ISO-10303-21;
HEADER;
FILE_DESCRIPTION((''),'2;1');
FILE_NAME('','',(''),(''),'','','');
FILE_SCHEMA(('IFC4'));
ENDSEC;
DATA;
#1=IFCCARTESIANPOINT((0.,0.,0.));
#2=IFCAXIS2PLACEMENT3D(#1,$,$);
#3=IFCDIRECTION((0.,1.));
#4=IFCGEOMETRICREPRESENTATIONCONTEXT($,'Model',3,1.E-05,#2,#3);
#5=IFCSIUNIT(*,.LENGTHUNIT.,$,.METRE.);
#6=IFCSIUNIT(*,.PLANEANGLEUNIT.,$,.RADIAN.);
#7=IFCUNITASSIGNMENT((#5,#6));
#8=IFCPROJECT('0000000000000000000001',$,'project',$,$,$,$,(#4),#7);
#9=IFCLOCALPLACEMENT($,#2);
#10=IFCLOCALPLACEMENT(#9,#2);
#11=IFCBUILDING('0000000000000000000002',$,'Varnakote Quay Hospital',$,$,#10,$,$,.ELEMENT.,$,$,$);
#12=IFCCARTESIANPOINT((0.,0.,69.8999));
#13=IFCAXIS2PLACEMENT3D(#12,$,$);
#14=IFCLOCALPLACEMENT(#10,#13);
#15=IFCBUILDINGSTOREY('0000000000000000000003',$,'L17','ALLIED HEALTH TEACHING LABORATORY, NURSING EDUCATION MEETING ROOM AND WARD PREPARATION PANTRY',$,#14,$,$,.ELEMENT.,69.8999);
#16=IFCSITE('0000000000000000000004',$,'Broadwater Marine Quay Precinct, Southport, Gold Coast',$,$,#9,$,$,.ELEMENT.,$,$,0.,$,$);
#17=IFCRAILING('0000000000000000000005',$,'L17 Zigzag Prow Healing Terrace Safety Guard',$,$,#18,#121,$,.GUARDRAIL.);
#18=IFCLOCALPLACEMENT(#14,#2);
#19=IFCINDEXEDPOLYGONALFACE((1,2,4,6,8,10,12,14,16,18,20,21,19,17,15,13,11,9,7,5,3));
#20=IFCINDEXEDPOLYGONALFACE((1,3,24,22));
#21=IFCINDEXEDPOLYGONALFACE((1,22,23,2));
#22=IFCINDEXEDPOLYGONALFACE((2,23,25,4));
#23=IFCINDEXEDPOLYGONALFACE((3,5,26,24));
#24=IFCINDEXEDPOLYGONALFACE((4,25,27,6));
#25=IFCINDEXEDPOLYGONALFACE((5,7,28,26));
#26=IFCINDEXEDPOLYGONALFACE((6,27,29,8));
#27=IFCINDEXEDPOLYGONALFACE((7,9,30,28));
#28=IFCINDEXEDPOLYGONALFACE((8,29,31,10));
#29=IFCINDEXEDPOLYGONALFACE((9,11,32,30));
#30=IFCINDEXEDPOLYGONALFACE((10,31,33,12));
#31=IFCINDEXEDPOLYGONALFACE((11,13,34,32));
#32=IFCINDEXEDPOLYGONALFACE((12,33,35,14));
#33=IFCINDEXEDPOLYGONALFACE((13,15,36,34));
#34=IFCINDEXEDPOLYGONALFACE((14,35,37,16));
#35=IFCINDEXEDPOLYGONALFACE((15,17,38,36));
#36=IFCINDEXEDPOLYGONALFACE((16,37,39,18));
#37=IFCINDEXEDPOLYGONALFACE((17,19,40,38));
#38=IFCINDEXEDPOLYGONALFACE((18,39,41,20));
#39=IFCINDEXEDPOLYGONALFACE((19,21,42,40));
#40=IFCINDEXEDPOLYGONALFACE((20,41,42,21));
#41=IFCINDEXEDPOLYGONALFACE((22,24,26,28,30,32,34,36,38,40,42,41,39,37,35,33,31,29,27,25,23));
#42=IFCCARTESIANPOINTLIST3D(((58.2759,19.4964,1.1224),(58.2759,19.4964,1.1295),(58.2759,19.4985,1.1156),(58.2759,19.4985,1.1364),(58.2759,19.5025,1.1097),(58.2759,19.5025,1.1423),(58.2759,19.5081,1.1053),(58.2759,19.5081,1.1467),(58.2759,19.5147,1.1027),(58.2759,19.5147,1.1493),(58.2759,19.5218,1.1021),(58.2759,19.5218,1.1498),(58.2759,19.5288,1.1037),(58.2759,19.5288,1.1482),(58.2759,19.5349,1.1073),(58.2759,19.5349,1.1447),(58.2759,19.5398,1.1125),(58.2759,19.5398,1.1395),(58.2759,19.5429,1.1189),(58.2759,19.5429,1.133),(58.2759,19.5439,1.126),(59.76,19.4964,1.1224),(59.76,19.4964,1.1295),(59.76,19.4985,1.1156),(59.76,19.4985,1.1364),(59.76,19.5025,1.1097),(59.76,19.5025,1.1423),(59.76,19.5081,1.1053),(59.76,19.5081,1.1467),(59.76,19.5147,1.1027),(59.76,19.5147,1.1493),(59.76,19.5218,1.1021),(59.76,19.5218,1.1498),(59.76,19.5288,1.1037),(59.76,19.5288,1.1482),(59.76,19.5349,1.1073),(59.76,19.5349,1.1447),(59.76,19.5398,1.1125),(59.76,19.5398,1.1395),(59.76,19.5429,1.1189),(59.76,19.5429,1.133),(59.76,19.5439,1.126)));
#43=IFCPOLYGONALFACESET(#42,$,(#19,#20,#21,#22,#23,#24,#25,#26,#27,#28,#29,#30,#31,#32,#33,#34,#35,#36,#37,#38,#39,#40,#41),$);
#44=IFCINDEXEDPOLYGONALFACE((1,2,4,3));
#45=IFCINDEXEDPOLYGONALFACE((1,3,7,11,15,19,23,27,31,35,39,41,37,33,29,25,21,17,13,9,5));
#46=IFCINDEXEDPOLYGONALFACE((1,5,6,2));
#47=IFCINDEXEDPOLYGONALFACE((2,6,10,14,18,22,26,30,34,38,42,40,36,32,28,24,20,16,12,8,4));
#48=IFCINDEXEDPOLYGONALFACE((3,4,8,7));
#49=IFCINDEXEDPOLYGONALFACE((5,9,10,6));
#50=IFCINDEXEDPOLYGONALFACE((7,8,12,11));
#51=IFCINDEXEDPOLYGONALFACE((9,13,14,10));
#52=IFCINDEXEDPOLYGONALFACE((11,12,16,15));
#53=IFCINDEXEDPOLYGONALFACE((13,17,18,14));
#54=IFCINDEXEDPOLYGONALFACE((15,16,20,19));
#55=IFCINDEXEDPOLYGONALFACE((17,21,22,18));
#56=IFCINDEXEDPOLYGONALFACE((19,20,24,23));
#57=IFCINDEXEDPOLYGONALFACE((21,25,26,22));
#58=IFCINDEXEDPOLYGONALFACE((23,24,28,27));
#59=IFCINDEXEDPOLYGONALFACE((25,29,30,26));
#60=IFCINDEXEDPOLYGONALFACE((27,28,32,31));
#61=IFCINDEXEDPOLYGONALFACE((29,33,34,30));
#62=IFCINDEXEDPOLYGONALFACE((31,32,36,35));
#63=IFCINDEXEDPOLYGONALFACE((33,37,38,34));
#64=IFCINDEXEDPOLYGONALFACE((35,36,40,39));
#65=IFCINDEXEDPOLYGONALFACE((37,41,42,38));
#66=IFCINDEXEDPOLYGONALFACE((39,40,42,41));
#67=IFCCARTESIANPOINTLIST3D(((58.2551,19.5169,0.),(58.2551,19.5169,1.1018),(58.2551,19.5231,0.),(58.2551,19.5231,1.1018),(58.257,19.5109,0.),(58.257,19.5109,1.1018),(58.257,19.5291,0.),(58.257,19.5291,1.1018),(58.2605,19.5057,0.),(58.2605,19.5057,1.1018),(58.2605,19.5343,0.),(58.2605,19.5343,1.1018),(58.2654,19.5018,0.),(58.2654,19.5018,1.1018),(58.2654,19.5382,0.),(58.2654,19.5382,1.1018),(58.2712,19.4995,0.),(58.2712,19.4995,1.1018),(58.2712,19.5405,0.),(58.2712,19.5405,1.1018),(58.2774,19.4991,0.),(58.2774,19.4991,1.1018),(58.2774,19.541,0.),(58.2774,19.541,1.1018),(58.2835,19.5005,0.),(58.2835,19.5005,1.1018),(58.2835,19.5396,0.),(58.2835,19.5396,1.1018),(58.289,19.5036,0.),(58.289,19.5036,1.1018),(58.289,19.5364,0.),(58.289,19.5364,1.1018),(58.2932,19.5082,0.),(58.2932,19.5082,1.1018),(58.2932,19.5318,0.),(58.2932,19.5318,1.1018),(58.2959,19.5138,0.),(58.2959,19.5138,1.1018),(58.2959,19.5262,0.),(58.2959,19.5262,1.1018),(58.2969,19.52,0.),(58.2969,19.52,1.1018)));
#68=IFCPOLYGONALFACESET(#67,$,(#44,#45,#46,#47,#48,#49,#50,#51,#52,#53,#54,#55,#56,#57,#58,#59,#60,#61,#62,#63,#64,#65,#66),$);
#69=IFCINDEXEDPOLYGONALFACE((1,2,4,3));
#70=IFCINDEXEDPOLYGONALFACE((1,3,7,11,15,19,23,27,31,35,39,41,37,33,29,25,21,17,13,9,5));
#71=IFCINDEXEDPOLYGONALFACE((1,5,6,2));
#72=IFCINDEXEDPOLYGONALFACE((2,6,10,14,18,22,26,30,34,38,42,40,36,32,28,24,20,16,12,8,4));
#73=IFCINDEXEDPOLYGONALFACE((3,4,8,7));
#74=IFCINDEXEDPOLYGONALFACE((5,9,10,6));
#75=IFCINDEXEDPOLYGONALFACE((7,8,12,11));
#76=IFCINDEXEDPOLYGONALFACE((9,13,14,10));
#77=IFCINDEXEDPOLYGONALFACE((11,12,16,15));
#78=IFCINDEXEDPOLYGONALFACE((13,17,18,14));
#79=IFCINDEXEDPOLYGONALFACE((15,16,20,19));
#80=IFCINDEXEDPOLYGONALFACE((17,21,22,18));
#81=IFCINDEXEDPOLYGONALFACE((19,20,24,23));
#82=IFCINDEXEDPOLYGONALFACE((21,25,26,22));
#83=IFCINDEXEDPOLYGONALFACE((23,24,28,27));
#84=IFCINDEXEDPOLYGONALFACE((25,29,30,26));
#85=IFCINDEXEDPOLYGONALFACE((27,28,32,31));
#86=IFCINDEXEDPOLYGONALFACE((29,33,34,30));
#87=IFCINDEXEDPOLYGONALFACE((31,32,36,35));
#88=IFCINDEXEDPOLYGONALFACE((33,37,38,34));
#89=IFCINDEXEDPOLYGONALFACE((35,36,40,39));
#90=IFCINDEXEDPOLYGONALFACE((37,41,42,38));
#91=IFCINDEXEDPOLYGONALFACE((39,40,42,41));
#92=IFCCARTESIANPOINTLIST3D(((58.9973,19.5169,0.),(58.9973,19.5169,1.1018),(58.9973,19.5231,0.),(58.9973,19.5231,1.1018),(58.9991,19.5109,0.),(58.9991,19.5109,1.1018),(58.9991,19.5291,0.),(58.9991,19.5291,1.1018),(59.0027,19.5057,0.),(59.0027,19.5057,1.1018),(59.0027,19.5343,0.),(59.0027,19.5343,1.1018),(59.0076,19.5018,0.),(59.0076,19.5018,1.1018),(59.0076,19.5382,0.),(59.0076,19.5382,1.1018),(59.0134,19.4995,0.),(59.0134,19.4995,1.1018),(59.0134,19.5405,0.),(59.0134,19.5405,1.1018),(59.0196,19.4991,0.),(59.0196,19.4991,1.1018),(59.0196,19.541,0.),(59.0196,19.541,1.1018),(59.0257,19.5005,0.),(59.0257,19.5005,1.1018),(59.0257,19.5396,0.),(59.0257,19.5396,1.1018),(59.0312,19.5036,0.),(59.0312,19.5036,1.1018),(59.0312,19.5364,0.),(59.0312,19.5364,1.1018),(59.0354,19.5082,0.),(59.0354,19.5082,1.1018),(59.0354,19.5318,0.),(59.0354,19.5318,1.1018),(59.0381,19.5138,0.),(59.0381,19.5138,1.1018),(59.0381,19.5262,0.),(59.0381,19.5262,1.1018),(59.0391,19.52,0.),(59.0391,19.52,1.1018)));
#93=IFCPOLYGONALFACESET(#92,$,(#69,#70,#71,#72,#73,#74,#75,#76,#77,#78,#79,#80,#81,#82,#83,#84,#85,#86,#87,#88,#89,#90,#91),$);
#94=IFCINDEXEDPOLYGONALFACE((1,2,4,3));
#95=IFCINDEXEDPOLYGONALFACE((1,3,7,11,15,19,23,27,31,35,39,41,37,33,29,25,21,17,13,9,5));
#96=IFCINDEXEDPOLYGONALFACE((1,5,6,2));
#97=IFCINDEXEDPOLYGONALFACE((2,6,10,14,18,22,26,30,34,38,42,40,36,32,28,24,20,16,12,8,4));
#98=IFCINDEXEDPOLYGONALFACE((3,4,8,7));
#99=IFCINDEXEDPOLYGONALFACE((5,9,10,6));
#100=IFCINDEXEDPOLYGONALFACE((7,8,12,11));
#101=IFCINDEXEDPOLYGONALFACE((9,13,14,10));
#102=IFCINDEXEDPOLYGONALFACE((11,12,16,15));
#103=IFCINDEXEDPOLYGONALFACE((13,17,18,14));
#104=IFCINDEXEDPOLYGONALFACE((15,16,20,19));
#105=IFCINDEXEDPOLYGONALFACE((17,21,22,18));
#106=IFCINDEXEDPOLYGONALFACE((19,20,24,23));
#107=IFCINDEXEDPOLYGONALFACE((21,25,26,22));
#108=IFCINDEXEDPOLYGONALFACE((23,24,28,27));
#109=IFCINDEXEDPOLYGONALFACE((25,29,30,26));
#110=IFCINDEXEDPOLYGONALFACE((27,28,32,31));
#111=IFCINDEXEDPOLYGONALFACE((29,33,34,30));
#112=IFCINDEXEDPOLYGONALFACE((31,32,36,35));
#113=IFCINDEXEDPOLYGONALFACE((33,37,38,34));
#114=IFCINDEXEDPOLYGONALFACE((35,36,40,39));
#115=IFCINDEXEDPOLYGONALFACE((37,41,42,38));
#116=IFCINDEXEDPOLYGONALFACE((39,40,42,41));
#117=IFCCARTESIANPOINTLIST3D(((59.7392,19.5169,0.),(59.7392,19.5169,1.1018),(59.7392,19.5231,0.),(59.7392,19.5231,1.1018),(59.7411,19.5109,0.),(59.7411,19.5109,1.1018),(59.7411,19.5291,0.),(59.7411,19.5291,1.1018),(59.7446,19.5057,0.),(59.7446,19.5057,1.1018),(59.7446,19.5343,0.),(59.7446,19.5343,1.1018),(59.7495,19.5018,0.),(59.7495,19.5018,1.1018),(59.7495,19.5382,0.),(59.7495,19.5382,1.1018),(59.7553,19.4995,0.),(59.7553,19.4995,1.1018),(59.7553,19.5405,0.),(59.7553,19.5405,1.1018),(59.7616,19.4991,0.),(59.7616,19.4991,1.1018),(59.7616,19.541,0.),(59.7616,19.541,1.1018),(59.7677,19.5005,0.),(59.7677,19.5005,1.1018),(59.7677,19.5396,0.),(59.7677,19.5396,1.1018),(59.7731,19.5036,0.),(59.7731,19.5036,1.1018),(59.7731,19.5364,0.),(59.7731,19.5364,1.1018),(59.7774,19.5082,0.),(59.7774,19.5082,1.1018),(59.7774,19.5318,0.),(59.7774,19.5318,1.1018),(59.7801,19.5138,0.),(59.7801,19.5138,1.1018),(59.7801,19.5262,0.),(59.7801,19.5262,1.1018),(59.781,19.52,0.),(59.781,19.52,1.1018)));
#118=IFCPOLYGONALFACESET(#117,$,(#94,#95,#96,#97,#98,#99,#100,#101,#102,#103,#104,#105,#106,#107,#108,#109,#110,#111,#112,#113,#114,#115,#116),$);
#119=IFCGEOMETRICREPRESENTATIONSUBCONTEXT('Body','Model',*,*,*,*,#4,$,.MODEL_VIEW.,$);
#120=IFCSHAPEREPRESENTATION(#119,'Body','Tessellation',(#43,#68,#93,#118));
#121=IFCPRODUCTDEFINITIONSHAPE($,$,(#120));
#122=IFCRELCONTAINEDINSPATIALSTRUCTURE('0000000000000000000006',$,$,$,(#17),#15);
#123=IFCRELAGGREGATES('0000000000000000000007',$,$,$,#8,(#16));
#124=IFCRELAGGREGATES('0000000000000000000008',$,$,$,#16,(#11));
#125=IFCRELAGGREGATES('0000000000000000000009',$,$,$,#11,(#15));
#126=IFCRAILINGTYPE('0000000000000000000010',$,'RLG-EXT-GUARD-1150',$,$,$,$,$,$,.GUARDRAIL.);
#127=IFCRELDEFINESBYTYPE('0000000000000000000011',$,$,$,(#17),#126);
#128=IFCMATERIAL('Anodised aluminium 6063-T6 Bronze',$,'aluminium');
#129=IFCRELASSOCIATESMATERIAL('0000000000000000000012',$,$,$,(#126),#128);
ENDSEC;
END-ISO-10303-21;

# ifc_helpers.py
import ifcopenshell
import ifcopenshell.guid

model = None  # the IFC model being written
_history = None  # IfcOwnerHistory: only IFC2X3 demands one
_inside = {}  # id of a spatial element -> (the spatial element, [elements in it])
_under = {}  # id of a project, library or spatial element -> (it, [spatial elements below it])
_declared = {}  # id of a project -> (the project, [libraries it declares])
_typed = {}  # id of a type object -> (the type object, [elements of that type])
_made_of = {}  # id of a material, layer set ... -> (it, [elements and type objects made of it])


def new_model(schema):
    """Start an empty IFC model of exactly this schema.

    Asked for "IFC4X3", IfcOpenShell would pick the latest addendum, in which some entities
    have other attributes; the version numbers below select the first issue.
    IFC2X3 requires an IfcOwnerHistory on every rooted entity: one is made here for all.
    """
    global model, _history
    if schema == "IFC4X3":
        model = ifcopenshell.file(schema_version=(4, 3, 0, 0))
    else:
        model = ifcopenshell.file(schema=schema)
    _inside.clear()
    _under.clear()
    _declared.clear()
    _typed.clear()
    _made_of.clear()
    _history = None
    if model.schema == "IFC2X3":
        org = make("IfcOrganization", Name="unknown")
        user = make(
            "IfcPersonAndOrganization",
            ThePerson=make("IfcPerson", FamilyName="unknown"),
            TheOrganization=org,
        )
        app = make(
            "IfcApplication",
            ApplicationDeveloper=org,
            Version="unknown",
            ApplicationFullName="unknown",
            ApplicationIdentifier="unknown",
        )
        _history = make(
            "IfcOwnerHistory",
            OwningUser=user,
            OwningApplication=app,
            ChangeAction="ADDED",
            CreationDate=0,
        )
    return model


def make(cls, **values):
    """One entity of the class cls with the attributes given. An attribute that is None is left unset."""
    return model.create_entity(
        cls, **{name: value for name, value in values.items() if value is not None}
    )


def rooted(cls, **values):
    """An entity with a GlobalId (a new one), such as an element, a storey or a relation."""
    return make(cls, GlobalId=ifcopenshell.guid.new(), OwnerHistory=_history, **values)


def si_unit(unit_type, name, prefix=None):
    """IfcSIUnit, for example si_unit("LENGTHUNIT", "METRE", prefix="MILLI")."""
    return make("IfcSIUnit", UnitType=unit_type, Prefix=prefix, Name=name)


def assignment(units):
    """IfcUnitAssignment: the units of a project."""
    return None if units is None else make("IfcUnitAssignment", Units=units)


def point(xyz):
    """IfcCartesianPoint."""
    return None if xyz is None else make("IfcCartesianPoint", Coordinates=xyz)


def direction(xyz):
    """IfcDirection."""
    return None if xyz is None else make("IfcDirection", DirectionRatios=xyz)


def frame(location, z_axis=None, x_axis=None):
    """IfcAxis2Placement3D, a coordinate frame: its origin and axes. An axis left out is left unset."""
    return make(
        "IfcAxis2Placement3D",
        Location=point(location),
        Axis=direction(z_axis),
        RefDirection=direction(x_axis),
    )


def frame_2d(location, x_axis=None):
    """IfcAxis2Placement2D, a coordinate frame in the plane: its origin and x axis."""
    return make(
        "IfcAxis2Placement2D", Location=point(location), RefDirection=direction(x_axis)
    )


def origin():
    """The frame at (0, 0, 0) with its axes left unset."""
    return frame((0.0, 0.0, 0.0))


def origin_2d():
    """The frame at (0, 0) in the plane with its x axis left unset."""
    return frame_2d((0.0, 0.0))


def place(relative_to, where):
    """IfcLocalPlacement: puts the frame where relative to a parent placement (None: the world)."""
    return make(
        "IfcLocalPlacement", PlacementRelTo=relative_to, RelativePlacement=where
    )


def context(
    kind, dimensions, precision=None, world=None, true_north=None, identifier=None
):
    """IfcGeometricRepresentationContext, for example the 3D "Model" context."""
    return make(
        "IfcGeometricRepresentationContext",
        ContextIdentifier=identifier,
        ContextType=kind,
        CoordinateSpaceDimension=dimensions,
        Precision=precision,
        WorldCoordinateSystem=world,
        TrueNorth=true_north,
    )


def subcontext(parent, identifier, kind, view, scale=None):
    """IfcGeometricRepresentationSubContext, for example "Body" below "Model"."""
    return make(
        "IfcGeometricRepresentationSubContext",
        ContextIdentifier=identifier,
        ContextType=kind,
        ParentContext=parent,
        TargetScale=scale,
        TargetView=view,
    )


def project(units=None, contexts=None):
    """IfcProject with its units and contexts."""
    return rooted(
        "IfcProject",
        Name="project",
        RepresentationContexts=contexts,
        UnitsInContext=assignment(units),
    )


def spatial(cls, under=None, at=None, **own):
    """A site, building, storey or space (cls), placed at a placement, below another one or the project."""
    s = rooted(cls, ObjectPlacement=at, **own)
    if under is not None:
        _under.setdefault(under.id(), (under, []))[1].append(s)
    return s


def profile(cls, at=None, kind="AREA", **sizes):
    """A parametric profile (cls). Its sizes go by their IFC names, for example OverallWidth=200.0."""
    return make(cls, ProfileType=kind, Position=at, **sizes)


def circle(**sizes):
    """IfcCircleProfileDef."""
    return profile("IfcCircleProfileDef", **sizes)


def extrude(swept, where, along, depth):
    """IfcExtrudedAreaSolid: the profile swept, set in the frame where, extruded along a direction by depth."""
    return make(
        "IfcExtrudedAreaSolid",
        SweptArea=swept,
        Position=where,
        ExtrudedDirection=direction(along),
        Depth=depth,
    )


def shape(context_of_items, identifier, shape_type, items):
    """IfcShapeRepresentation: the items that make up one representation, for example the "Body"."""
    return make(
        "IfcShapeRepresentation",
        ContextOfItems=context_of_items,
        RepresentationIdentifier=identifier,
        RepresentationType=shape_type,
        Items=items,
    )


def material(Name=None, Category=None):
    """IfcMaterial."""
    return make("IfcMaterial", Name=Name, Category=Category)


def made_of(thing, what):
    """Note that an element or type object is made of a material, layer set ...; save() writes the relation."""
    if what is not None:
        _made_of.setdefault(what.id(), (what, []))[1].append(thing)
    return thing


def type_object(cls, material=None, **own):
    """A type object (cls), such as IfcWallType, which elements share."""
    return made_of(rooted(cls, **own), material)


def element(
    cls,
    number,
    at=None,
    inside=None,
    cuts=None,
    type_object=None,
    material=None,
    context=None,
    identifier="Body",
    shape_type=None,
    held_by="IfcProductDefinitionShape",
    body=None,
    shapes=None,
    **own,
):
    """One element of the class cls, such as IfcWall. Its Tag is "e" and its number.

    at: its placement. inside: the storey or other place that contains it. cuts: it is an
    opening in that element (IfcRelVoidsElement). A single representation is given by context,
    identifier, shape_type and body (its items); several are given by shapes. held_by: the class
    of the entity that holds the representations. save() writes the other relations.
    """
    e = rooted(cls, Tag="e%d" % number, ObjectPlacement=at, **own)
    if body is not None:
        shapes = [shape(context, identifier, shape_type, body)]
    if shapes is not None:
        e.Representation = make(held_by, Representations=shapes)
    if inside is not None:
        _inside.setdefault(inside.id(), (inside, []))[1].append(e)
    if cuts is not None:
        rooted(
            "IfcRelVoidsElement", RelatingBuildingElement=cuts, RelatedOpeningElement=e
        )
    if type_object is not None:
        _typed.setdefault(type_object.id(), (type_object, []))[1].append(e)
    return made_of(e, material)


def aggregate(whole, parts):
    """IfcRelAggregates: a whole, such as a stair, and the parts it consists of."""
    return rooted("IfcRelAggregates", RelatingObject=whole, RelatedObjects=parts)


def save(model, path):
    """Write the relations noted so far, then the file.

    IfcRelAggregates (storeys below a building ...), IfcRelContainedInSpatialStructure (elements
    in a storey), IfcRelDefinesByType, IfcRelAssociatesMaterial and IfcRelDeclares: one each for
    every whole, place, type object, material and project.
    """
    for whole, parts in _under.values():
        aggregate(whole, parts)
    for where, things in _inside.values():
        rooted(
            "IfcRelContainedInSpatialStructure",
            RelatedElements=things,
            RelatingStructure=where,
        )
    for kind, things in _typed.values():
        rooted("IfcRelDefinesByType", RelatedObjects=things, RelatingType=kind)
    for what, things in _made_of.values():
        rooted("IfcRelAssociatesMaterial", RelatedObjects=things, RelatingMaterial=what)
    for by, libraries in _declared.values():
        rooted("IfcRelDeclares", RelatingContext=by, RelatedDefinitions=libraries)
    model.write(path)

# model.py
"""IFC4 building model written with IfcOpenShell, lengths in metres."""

from ifc_helpers import new_model, si_unit, direction, frame, origin, origin_2d, place, context, subcontext, project, spatial, circle, extrude, material, type_object, element, save


model = new_model("IFC4")

# Units and contexts
model_context = context("Model", 3, precision=1e-05, world=origin(), true_north=direction((0.0, 1.0)))
body_context = subcontext(model_context, "Body", "Model", "MODEL_VIEW")
ifc_project = project(units=[si_unit("LENGTHUNIT", "METRE"), si_unit("PLANEANGLEUNIT", "RADIAN")], contexts=[model_context])

# Site, building, storey
site_placement = place(None, origin())
site = spatial("IfcSite", under=ifc_project, at=site_placement, Name="Broadwater Marine Quay Precinct, Southport, Gold Coast", CompositionType="ELEMENT", RefElevation=0.0)
building_placement = place(site_placement, origin())
building = spatial("IfcBuilding", under=site, at=building_placement, Name="Varnakote Quay Hospital", CompositionType="ELEMENT")
storey_placement = place(building_placement, frame((0.0, 0.0, 69.8999)))
storey = spatial("IfcBuildingStorey", under=building, at=storey_placement, Name="L17", Description="ALLIED HEALTH TEACHING LABORATORY, NURSING EDUCATION MEETING ROOM AND WARD PREPARATION PANTRY", CompositionType="ELEMENT", Elevation=69.8999)

# Railing
ifc_material_1 = material(Name="Anodised aluminium 6063-T6 Bronze", Category="aluminium")
railing_type_1 = type_object("IfcRailingType", Name="RLG-EXT-GUARD-1150", PredefinedType="GUARDRAIL", material=ifc_material_1)
railing_1_placement = place(storey_placement, frame((58.2759, 19.52, 0.0)))
element("IfcRailing", 1, at=railing_1_placement, inside=storey, type_object=railing_type_1, Name="L17 Zigzag Prow Healing Terrace Safety Guard", PredefinedType="GUARDRAIL", context=body_context, shape_type="SweptSolid", body=[
    extrude(circle(Radius=0.0239, at=origin_2d()), frame((0.0, 0.0, 1.126), z_axis=(1.0, 0.0, 0.0), x_axis=(0.0, 1.0, 0.0)), (0.0, 0.0, 1.0), 1.4841),
    extrude(circle(Radius=0.021, at=origin_2d()), origin(), (0.0, 0.0, 1.0), 1.1018),
    extrude(circle(Radius=0.021, at=origin_2d()), frame((0.7422, 0.0, 0.0)), (0.0, 0.0, 1.0), 1.1018),
    extrude(circle(Radius=0.021, at=origin_2d()), frame((1.4841, 0.0, 0.0)), (0.0, 0.0, 1.0), 1.1018),
])

save(model, "model.ifc")
